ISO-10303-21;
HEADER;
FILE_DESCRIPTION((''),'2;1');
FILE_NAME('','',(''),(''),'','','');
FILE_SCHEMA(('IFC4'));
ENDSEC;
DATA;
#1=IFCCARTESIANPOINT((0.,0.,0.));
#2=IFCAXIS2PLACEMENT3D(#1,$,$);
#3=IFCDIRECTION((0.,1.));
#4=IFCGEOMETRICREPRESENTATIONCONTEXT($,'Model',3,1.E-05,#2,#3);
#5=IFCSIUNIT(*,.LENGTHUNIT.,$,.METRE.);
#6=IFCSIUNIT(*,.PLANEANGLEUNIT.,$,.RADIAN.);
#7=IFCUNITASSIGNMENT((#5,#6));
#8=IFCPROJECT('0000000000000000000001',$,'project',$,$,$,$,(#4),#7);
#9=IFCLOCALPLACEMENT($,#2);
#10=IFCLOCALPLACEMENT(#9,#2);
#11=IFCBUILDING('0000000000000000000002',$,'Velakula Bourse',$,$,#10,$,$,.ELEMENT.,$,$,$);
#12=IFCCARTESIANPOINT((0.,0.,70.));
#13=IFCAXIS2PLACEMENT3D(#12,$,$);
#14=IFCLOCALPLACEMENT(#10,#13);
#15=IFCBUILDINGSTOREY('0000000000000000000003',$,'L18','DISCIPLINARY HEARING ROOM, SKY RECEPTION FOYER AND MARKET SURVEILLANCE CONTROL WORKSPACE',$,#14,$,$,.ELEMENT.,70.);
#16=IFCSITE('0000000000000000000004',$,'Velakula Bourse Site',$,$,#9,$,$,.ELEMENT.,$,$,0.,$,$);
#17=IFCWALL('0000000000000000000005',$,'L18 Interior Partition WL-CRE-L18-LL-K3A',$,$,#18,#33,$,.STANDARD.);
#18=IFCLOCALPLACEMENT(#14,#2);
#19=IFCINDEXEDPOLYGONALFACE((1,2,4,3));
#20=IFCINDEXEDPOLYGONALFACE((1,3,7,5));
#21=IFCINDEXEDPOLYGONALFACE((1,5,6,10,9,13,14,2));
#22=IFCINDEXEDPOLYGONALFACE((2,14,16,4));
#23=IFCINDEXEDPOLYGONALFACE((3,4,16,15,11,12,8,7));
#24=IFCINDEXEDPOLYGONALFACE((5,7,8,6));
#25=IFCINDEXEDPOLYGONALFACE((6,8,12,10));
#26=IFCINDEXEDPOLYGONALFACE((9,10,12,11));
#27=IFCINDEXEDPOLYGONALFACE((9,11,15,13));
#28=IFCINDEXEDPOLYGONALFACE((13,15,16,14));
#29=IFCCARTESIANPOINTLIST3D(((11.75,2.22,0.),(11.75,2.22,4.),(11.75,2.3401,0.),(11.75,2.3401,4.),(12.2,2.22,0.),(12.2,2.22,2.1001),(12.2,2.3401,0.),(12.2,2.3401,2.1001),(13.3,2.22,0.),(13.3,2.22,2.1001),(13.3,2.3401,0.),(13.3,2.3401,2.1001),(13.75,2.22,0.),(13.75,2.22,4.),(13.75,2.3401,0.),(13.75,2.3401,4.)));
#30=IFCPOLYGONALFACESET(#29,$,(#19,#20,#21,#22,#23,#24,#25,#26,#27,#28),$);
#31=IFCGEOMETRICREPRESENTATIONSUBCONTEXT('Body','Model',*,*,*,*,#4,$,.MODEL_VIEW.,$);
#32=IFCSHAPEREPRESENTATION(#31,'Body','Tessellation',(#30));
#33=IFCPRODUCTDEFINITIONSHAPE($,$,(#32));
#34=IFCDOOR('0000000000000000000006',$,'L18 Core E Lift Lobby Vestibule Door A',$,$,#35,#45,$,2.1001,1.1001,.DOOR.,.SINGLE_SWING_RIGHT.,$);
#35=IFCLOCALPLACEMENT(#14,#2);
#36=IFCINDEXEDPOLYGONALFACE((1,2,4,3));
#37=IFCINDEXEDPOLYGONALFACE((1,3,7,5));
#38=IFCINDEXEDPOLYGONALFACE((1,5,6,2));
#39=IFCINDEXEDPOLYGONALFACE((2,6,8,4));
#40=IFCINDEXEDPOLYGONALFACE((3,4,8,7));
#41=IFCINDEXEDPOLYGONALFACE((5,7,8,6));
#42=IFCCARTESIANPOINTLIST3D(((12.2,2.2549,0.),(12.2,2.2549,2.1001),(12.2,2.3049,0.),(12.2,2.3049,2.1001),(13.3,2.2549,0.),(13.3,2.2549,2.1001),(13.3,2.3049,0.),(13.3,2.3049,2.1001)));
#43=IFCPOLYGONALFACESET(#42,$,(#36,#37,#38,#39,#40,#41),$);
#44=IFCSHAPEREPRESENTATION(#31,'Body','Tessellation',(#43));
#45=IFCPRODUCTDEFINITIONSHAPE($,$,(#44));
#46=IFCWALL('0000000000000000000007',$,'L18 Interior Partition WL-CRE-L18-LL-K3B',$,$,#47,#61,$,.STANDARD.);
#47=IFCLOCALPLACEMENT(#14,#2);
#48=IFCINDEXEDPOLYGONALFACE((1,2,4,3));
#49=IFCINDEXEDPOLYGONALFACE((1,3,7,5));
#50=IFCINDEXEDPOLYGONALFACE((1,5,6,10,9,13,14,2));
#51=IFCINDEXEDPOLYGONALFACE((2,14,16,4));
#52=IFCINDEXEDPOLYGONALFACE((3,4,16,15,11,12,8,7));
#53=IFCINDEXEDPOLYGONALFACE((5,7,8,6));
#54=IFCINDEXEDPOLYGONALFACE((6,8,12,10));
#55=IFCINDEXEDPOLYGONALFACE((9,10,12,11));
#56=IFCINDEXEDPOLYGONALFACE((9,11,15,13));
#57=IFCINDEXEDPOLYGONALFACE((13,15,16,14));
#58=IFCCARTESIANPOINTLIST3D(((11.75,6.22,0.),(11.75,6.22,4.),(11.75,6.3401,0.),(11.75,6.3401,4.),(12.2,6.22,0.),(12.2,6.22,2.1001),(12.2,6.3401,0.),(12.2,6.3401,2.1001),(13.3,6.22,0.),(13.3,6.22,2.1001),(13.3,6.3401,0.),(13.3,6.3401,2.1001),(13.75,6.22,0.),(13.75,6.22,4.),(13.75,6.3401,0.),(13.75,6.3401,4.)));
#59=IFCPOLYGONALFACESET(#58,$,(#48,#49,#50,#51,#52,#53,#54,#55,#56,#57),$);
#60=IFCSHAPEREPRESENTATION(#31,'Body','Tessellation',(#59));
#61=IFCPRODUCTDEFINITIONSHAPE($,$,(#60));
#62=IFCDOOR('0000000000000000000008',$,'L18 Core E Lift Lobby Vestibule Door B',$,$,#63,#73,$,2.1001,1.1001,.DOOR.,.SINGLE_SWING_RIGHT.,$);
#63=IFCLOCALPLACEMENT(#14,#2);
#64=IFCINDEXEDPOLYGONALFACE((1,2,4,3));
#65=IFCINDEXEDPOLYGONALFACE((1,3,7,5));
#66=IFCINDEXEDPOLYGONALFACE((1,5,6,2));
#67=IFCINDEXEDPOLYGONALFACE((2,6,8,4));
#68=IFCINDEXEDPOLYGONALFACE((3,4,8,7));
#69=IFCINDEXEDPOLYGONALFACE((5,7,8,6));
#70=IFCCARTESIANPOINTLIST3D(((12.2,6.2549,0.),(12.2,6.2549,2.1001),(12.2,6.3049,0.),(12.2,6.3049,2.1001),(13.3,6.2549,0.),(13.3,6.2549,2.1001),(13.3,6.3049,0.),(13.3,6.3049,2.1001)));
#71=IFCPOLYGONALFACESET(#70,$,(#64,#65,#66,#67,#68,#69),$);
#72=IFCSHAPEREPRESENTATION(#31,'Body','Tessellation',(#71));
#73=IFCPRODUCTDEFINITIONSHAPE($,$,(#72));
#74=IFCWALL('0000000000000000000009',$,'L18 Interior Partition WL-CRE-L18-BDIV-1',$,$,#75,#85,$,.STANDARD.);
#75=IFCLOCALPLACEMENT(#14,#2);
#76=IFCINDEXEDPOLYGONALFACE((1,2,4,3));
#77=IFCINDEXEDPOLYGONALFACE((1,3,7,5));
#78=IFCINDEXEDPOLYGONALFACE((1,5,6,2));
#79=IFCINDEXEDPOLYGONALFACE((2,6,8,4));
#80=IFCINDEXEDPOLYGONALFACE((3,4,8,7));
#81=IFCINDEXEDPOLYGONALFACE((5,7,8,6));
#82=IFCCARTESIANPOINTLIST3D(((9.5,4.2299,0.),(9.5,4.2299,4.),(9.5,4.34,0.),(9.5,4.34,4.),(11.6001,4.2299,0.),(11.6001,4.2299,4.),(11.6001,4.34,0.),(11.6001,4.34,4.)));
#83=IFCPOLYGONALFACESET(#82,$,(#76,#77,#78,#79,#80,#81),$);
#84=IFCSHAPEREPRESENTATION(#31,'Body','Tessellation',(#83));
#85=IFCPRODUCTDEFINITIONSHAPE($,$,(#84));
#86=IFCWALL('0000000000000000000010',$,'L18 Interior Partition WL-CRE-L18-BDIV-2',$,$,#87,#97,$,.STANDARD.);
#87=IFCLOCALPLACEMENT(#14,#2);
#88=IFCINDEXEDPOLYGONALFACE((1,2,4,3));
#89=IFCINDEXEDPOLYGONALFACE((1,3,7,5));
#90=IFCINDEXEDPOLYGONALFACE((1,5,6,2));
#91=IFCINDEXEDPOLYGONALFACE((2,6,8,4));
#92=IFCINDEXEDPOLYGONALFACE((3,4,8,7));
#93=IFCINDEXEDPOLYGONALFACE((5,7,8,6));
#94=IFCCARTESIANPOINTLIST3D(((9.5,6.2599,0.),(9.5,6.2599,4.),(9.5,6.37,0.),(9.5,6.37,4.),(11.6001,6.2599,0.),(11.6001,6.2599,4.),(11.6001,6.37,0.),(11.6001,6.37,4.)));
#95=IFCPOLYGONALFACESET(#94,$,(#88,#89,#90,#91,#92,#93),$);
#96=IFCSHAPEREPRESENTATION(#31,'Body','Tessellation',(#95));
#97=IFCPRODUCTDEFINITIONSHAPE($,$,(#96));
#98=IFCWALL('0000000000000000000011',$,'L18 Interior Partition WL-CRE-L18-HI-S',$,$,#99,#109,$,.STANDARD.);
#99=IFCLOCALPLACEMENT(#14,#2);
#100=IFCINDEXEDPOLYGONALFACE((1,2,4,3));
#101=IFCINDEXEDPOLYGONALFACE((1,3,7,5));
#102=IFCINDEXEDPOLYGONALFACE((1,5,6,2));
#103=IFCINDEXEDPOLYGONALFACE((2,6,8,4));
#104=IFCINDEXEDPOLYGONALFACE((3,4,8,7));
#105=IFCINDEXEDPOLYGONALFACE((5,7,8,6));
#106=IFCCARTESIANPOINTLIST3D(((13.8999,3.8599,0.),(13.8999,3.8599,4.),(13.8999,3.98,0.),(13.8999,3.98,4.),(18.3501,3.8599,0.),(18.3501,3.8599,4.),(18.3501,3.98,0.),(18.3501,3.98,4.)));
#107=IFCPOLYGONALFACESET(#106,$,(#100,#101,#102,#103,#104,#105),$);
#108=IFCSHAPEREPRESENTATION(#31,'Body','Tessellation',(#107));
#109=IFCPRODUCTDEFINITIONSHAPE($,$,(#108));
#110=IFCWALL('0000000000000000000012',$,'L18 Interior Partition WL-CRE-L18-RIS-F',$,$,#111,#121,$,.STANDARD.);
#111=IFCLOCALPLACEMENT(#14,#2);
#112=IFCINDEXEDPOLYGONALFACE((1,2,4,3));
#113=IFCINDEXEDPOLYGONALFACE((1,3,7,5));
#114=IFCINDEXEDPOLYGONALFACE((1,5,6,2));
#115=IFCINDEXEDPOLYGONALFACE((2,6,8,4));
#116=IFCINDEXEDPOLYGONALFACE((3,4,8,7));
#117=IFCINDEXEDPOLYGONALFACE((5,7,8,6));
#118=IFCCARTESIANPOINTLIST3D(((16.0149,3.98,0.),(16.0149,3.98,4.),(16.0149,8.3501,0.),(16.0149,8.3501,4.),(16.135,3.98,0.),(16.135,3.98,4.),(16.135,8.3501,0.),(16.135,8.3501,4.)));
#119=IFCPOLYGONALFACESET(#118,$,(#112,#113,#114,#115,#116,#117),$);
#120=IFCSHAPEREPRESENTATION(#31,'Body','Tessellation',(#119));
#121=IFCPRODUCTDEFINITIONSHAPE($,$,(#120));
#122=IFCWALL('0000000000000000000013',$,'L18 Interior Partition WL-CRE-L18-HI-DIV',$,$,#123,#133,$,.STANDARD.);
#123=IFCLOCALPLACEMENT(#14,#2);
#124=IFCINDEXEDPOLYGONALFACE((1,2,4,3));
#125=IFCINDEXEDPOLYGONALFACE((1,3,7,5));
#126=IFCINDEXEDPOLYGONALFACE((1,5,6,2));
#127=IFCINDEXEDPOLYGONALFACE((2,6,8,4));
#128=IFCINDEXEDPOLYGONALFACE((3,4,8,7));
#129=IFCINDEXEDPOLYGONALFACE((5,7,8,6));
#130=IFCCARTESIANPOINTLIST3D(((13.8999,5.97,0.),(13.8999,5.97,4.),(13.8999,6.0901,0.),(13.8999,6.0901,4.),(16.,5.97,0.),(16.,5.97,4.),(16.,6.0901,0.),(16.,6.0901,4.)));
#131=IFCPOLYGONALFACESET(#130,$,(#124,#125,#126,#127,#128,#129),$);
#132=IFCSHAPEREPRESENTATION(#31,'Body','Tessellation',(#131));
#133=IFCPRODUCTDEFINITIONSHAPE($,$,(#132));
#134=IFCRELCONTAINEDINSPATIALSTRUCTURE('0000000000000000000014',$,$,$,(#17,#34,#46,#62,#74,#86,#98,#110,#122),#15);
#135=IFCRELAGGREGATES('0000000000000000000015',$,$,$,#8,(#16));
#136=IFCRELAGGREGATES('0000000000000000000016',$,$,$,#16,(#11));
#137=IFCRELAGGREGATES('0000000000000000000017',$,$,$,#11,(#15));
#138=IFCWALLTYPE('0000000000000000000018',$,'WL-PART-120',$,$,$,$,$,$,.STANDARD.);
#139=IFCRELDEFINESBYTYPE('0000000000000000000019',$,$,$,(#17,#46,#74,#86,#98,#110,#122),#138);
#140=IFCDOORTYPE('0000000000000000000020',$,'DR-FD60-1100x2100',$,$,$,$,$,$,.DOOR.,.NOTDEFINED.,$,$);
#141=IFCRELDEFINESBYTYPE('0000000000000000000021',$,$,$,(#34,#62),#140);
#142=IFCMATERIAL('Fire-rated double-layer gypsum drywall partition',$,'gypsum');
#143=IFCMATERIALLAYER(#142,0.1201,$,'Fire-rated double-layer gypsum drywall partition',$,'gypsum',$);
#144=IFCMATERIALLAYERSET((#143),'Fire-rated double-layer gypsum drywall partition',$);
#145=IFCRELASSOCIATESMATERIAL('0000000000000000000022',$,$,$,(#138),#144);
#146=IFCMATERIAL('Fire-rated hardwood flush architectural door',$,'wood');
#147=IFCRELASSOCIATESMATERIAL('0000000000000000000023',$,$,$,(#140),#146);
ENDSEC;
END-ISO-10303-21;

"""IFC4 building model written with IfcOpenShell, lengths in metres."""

from ifc_helpers import new_model, si_unit, direction, frame, frame_2d, origin, place, context, subcontext, project, spatial, rectangle, extrude, material, layer, layer_set, type_object, element, fill, save


model = new_model("IFC4")

# Units and contexts
model_context = context("Model", 3, precision=1e-05, world=origin(), true_north=direction((0.0, 1.0)))
body_context = subcontext(model_context, "Body", "Model", "MODEL_VIEW")
ifc_project = project(units=[si_unit("LENGTHUNIT", "METRE"), si_unit("PLANEANGLEUNIT", "RADIAN")], contexts=[model_context])

# Site, building, storey
site_placement = place(None, origin())
site = spatial("IfcSite", under=ifc_project, at=site_placement, Name="Velakula Bourse Site", CompositionType="ELEMENT", RefElevation=0.0)
building_placement = place(site_placement, origin())
building = spatial("IfcBuilding", under=site, at=building_placement, Name="Velakula Bourse", CompositionType="ELEMENT")
storey_placement = place(building_placement, frame((0.0, 0.0, 70.0)))
storey = spatial("IfcBuildingStorey", under=building, at=storey_placement, Name="L18", Description="DISCIPLINARY HEARING ROOM, SKY RECEPTION FOYER AND MARKET SURVEILLANCE CONTROL WORKSPACE", CompositionType="ELEMENT", Elevation=70.0)

# Walls, openings, doors
ifc_material_1 = material(Name="Fire-rated hardwood flush architectural door", Category="wood")
ifc_material_2 = material(Name="Fire-rated double-layer gypsum drywall partition", Category="gypsum")
ifc_layer_1 = layer(ifc_material_2, 0.1201, Name="Fire-rated double-layer gypsum drywall partition", Category="gypsum")
ifc_layer_set_1 = layer_set([ifc_layer_1], Name="Fire-rated double-layer gypsum drywall partition")
wall_type_1 = type_object("IfcWallType", Name="WL-PART-120", PredefinedType="STANDARD", material=ifc_layer_set_1)
wall_1_placement = place(storey_placement, frame((11.75, 2.28, 0.0), z_axis=(0.0, 0.0, 1.0), x_axis=(1.0, 0.0, 0.0)))
wall_1 = element("IfcWall", 1, at=wall_1_placement, inside=storey, type_object=wall_type_1, Name="L18 Interior Partition WL-CRE-L18-LL-K3A", PredefinedType="STANDARD", context=body_context, shape_type="SweptSolid", body=[
    extrude(rectangle(XDim=2.0, YDim=0.1201, at=frame_2d((1.0, 0.0))), origin(), (0.0, 0.0, 1.0), 4.0),
])
opening_1_placement = place(wall_1_placement, frame((0.45, 0.0, 0.0)))
opening_1 = element("IfcOpeningElement", 2, at=opening_1_placement, cuts=wall_1, PredefinedType="OPENING", context=body_context, shape_type="SweptSolid", body=[
    extrude(rectangle(XDim=1.1001, YDim=2.1001, at=frame_2d((0.55, 1.05))), frame((0.0, 0.0701, 0.0), z_axis=(0.0, -1.0, 0.0), x_axis=(1.0, 0.0, 0.0)), (0.0, 0.0, 1.0), 0.1401),
])
door_type_1 = type_object("IfcDoorType", Name="DR-FD60-1100x2100", OperationType="NOTDEFINED", PredefinedType="DOOR", material=ifc_material_1)
door_1_placement = place(opening_1_placement, origin())
door_1 = element("IfcDoor", 3, at=door_1_placement, inside=storey, type_object=door_type_1, Name="L18 Core E Lift Lobby Vestibule Door A", OperationType="SINGLE_SWING_RIGHT", OverallHeight=2.1001, OverallWidth=1.1001, PredefinedType="DOOR", context=body_context, shape_type="SweptSolid", body=[
    extrude(rectangle(XDim=1.1001, YDim=2.1001, at=frame_2d((0.55, 1.05))), frame((0.0, 0.0249, 0.0), z_axis=(0.0, -1.0, 0.0), x_axis=(1.0, 0.0, 0.0)), (0.0, 0.0, 1.0), 0.05),
])
fill(opening_1, door_1)
wall_2_placement = place(storey_placement, frame((11.75, 6.28, 0.0), z_axis=(0.0, 0.0, 1.0), x_axis=(1.0, 0.0, 0.0)))
wall_2 = element("IfcWall", 4, at=wall_2_placement, inside=storey, type_object=wall_type_1, Name="L18 Interior Partition WL-CRE-L18-LL-K3B", PredefinedType="STANDARD", context=body_context, shape_type="SweptSolid", body=[
    extrude(rectangle(XDim=2.0, YDim=0.1201, at=frame_2d((1.0, 0.0))), origin(), (0.0, 0.0, 1.0), 4.0),
])
opening_2_placement = place(wall_2_placement, frame((0.45, 0.0, 0.0)))
opening_2 = element("IfcOpeningElement", 5, at=opening_2_placement, cuts=wall_2, PredefinedType="OPENING", context=body_context, shape_type="SweptSolid", body=[
    extrude(rectangle(XDim=1.1001, YDim=2.1001, at=frame_2d((0.55, 1.05))), frame((0.0, 0.0701, 0.0), z_axis=(0.0, -1.0, 0.0), x_axis=(1.0, 0.0, 0.0)), (0.0, 0.0, 1.0), 0.1401),
])
door_2_placement = place(opening_2_placement, origin())
door_2 = element("IfcDoor", 6, at=door_2_placement, inside=storey, type_object=door_type_1, Name="L18 Core E Lift Lobby Vestibule Door B", OperationType="SINGLE_SWING_RIGHT", OverallHeight=2.1001, OverallWidth=1.1001, PredefinedType="DOOR", context=body_context, shape_type="SweptSolid", body=[
    extrude(rectangle(XDim=1.1001, YDim=2.1001, at=frame_2d((0.55, 1.05))), frame((0.0, 0.0249, 0.0), z_axis=(0.0, -1.0, 0.0), x_axis=(1.0, 0.0, 0.0)), (0.0, 0.0, 1.0), 0.05),
])
fill(opening_2, door_2)

# Walls
for number, where, z_axis, x_axis, name in (
    (7, (9.5, 4.2849, 0.0), (0.0, 0.0, 1.0), (1.0, 0.0, 0.0), "L18 Interior Partition WL-CRE-L18-BDIV-1"),
    (8, (9.5, 6.3149, 0.0), (0.0, 0.0, 1.0), (1.0, 0.0, 0.0), "L18 Interior Partition WL-CRE-L18-BDIV-2"),
):
    element("IfcWall", number, at=place(storey_placement, frame(where, z_axis=z_axis, x_axis=x_axis)), inside=storey, type_object=wall_type_1, Name=name, PredefinedType="STANDARD", context=body_context, shape_type="SweptSolid", body=[
        extrude(rectangle(XDim=2.1001, YDim=0.1101, at=frame_2d((1.05, 0.0))), origin(), (0.0, 0.0, 1.0), 4.0),
    ])
wall_3_placement = place(storey_placement, frame((13.8999, 3.9199, 0.0), z_axis=(0.0, 0.0, 1.0), x_axis=(1.0, 0.0, 0.0)))
element("IfcWall", 9, at=wall_3_placement, inside=storey, type_object=wall_type_1, Name="L18 Interior Partition WL-CRE-L18-HI-S", PredefinedType="STANDARD", context=body_context, shape_type="SweptSolid", body=[
    extrude(rectangle(XDim=4.4502, YDim=0.1201, at=frame_2d((2.2251, 0.0))), origin(), (0.0, 0.0, 1.0), 4.0),
])
wall_4_placement = place(storey_placement, frame((16.075, 3.98, 0.0), z_axis=(0.0, 0.0, 1.0), x_axis=(0.0, 1.0, 0.0)))
element("IfcWall", 10, at=wall_4_placement, inside=storey, type_object=wall_type_1, Name="L18 Interior Partition WL-CRE-L18-RIS-F", PredefinedType="STANDARD", context=body_context, shape_type="SweptSolid", body=[
    extrude(rectangle(XDim=4.3701, YDim=0.1201, at=frame_2d((2.1851, 0.0))), origin(), (0.0, 0.0, 1.0), 4.0),
])
wall_5_placement = place(storey_placement, frame((13.8999, 6.03, 0.0), z_axis=(0.0, 0.0, 1.0), x_axis=(1.0, 0.0, 0.0)))
element("IfcWall", 11, at=wall_5_placement, inside=storey, type_object=wall_type_1, Name="L18 Interior Partition WL-CRE-L18-HI-DIV", PredefinedType="STANDARD", context=body_context, shape_type="SweptSolid", body=[
    extrude(rectangle(XDim=2.1001, YDim=0.1201, at=frame_2d((1.05, 0.0))), origin(), (0.0, 0.0, 1.0), 4.0),
])

save(model, "model.ifc")
